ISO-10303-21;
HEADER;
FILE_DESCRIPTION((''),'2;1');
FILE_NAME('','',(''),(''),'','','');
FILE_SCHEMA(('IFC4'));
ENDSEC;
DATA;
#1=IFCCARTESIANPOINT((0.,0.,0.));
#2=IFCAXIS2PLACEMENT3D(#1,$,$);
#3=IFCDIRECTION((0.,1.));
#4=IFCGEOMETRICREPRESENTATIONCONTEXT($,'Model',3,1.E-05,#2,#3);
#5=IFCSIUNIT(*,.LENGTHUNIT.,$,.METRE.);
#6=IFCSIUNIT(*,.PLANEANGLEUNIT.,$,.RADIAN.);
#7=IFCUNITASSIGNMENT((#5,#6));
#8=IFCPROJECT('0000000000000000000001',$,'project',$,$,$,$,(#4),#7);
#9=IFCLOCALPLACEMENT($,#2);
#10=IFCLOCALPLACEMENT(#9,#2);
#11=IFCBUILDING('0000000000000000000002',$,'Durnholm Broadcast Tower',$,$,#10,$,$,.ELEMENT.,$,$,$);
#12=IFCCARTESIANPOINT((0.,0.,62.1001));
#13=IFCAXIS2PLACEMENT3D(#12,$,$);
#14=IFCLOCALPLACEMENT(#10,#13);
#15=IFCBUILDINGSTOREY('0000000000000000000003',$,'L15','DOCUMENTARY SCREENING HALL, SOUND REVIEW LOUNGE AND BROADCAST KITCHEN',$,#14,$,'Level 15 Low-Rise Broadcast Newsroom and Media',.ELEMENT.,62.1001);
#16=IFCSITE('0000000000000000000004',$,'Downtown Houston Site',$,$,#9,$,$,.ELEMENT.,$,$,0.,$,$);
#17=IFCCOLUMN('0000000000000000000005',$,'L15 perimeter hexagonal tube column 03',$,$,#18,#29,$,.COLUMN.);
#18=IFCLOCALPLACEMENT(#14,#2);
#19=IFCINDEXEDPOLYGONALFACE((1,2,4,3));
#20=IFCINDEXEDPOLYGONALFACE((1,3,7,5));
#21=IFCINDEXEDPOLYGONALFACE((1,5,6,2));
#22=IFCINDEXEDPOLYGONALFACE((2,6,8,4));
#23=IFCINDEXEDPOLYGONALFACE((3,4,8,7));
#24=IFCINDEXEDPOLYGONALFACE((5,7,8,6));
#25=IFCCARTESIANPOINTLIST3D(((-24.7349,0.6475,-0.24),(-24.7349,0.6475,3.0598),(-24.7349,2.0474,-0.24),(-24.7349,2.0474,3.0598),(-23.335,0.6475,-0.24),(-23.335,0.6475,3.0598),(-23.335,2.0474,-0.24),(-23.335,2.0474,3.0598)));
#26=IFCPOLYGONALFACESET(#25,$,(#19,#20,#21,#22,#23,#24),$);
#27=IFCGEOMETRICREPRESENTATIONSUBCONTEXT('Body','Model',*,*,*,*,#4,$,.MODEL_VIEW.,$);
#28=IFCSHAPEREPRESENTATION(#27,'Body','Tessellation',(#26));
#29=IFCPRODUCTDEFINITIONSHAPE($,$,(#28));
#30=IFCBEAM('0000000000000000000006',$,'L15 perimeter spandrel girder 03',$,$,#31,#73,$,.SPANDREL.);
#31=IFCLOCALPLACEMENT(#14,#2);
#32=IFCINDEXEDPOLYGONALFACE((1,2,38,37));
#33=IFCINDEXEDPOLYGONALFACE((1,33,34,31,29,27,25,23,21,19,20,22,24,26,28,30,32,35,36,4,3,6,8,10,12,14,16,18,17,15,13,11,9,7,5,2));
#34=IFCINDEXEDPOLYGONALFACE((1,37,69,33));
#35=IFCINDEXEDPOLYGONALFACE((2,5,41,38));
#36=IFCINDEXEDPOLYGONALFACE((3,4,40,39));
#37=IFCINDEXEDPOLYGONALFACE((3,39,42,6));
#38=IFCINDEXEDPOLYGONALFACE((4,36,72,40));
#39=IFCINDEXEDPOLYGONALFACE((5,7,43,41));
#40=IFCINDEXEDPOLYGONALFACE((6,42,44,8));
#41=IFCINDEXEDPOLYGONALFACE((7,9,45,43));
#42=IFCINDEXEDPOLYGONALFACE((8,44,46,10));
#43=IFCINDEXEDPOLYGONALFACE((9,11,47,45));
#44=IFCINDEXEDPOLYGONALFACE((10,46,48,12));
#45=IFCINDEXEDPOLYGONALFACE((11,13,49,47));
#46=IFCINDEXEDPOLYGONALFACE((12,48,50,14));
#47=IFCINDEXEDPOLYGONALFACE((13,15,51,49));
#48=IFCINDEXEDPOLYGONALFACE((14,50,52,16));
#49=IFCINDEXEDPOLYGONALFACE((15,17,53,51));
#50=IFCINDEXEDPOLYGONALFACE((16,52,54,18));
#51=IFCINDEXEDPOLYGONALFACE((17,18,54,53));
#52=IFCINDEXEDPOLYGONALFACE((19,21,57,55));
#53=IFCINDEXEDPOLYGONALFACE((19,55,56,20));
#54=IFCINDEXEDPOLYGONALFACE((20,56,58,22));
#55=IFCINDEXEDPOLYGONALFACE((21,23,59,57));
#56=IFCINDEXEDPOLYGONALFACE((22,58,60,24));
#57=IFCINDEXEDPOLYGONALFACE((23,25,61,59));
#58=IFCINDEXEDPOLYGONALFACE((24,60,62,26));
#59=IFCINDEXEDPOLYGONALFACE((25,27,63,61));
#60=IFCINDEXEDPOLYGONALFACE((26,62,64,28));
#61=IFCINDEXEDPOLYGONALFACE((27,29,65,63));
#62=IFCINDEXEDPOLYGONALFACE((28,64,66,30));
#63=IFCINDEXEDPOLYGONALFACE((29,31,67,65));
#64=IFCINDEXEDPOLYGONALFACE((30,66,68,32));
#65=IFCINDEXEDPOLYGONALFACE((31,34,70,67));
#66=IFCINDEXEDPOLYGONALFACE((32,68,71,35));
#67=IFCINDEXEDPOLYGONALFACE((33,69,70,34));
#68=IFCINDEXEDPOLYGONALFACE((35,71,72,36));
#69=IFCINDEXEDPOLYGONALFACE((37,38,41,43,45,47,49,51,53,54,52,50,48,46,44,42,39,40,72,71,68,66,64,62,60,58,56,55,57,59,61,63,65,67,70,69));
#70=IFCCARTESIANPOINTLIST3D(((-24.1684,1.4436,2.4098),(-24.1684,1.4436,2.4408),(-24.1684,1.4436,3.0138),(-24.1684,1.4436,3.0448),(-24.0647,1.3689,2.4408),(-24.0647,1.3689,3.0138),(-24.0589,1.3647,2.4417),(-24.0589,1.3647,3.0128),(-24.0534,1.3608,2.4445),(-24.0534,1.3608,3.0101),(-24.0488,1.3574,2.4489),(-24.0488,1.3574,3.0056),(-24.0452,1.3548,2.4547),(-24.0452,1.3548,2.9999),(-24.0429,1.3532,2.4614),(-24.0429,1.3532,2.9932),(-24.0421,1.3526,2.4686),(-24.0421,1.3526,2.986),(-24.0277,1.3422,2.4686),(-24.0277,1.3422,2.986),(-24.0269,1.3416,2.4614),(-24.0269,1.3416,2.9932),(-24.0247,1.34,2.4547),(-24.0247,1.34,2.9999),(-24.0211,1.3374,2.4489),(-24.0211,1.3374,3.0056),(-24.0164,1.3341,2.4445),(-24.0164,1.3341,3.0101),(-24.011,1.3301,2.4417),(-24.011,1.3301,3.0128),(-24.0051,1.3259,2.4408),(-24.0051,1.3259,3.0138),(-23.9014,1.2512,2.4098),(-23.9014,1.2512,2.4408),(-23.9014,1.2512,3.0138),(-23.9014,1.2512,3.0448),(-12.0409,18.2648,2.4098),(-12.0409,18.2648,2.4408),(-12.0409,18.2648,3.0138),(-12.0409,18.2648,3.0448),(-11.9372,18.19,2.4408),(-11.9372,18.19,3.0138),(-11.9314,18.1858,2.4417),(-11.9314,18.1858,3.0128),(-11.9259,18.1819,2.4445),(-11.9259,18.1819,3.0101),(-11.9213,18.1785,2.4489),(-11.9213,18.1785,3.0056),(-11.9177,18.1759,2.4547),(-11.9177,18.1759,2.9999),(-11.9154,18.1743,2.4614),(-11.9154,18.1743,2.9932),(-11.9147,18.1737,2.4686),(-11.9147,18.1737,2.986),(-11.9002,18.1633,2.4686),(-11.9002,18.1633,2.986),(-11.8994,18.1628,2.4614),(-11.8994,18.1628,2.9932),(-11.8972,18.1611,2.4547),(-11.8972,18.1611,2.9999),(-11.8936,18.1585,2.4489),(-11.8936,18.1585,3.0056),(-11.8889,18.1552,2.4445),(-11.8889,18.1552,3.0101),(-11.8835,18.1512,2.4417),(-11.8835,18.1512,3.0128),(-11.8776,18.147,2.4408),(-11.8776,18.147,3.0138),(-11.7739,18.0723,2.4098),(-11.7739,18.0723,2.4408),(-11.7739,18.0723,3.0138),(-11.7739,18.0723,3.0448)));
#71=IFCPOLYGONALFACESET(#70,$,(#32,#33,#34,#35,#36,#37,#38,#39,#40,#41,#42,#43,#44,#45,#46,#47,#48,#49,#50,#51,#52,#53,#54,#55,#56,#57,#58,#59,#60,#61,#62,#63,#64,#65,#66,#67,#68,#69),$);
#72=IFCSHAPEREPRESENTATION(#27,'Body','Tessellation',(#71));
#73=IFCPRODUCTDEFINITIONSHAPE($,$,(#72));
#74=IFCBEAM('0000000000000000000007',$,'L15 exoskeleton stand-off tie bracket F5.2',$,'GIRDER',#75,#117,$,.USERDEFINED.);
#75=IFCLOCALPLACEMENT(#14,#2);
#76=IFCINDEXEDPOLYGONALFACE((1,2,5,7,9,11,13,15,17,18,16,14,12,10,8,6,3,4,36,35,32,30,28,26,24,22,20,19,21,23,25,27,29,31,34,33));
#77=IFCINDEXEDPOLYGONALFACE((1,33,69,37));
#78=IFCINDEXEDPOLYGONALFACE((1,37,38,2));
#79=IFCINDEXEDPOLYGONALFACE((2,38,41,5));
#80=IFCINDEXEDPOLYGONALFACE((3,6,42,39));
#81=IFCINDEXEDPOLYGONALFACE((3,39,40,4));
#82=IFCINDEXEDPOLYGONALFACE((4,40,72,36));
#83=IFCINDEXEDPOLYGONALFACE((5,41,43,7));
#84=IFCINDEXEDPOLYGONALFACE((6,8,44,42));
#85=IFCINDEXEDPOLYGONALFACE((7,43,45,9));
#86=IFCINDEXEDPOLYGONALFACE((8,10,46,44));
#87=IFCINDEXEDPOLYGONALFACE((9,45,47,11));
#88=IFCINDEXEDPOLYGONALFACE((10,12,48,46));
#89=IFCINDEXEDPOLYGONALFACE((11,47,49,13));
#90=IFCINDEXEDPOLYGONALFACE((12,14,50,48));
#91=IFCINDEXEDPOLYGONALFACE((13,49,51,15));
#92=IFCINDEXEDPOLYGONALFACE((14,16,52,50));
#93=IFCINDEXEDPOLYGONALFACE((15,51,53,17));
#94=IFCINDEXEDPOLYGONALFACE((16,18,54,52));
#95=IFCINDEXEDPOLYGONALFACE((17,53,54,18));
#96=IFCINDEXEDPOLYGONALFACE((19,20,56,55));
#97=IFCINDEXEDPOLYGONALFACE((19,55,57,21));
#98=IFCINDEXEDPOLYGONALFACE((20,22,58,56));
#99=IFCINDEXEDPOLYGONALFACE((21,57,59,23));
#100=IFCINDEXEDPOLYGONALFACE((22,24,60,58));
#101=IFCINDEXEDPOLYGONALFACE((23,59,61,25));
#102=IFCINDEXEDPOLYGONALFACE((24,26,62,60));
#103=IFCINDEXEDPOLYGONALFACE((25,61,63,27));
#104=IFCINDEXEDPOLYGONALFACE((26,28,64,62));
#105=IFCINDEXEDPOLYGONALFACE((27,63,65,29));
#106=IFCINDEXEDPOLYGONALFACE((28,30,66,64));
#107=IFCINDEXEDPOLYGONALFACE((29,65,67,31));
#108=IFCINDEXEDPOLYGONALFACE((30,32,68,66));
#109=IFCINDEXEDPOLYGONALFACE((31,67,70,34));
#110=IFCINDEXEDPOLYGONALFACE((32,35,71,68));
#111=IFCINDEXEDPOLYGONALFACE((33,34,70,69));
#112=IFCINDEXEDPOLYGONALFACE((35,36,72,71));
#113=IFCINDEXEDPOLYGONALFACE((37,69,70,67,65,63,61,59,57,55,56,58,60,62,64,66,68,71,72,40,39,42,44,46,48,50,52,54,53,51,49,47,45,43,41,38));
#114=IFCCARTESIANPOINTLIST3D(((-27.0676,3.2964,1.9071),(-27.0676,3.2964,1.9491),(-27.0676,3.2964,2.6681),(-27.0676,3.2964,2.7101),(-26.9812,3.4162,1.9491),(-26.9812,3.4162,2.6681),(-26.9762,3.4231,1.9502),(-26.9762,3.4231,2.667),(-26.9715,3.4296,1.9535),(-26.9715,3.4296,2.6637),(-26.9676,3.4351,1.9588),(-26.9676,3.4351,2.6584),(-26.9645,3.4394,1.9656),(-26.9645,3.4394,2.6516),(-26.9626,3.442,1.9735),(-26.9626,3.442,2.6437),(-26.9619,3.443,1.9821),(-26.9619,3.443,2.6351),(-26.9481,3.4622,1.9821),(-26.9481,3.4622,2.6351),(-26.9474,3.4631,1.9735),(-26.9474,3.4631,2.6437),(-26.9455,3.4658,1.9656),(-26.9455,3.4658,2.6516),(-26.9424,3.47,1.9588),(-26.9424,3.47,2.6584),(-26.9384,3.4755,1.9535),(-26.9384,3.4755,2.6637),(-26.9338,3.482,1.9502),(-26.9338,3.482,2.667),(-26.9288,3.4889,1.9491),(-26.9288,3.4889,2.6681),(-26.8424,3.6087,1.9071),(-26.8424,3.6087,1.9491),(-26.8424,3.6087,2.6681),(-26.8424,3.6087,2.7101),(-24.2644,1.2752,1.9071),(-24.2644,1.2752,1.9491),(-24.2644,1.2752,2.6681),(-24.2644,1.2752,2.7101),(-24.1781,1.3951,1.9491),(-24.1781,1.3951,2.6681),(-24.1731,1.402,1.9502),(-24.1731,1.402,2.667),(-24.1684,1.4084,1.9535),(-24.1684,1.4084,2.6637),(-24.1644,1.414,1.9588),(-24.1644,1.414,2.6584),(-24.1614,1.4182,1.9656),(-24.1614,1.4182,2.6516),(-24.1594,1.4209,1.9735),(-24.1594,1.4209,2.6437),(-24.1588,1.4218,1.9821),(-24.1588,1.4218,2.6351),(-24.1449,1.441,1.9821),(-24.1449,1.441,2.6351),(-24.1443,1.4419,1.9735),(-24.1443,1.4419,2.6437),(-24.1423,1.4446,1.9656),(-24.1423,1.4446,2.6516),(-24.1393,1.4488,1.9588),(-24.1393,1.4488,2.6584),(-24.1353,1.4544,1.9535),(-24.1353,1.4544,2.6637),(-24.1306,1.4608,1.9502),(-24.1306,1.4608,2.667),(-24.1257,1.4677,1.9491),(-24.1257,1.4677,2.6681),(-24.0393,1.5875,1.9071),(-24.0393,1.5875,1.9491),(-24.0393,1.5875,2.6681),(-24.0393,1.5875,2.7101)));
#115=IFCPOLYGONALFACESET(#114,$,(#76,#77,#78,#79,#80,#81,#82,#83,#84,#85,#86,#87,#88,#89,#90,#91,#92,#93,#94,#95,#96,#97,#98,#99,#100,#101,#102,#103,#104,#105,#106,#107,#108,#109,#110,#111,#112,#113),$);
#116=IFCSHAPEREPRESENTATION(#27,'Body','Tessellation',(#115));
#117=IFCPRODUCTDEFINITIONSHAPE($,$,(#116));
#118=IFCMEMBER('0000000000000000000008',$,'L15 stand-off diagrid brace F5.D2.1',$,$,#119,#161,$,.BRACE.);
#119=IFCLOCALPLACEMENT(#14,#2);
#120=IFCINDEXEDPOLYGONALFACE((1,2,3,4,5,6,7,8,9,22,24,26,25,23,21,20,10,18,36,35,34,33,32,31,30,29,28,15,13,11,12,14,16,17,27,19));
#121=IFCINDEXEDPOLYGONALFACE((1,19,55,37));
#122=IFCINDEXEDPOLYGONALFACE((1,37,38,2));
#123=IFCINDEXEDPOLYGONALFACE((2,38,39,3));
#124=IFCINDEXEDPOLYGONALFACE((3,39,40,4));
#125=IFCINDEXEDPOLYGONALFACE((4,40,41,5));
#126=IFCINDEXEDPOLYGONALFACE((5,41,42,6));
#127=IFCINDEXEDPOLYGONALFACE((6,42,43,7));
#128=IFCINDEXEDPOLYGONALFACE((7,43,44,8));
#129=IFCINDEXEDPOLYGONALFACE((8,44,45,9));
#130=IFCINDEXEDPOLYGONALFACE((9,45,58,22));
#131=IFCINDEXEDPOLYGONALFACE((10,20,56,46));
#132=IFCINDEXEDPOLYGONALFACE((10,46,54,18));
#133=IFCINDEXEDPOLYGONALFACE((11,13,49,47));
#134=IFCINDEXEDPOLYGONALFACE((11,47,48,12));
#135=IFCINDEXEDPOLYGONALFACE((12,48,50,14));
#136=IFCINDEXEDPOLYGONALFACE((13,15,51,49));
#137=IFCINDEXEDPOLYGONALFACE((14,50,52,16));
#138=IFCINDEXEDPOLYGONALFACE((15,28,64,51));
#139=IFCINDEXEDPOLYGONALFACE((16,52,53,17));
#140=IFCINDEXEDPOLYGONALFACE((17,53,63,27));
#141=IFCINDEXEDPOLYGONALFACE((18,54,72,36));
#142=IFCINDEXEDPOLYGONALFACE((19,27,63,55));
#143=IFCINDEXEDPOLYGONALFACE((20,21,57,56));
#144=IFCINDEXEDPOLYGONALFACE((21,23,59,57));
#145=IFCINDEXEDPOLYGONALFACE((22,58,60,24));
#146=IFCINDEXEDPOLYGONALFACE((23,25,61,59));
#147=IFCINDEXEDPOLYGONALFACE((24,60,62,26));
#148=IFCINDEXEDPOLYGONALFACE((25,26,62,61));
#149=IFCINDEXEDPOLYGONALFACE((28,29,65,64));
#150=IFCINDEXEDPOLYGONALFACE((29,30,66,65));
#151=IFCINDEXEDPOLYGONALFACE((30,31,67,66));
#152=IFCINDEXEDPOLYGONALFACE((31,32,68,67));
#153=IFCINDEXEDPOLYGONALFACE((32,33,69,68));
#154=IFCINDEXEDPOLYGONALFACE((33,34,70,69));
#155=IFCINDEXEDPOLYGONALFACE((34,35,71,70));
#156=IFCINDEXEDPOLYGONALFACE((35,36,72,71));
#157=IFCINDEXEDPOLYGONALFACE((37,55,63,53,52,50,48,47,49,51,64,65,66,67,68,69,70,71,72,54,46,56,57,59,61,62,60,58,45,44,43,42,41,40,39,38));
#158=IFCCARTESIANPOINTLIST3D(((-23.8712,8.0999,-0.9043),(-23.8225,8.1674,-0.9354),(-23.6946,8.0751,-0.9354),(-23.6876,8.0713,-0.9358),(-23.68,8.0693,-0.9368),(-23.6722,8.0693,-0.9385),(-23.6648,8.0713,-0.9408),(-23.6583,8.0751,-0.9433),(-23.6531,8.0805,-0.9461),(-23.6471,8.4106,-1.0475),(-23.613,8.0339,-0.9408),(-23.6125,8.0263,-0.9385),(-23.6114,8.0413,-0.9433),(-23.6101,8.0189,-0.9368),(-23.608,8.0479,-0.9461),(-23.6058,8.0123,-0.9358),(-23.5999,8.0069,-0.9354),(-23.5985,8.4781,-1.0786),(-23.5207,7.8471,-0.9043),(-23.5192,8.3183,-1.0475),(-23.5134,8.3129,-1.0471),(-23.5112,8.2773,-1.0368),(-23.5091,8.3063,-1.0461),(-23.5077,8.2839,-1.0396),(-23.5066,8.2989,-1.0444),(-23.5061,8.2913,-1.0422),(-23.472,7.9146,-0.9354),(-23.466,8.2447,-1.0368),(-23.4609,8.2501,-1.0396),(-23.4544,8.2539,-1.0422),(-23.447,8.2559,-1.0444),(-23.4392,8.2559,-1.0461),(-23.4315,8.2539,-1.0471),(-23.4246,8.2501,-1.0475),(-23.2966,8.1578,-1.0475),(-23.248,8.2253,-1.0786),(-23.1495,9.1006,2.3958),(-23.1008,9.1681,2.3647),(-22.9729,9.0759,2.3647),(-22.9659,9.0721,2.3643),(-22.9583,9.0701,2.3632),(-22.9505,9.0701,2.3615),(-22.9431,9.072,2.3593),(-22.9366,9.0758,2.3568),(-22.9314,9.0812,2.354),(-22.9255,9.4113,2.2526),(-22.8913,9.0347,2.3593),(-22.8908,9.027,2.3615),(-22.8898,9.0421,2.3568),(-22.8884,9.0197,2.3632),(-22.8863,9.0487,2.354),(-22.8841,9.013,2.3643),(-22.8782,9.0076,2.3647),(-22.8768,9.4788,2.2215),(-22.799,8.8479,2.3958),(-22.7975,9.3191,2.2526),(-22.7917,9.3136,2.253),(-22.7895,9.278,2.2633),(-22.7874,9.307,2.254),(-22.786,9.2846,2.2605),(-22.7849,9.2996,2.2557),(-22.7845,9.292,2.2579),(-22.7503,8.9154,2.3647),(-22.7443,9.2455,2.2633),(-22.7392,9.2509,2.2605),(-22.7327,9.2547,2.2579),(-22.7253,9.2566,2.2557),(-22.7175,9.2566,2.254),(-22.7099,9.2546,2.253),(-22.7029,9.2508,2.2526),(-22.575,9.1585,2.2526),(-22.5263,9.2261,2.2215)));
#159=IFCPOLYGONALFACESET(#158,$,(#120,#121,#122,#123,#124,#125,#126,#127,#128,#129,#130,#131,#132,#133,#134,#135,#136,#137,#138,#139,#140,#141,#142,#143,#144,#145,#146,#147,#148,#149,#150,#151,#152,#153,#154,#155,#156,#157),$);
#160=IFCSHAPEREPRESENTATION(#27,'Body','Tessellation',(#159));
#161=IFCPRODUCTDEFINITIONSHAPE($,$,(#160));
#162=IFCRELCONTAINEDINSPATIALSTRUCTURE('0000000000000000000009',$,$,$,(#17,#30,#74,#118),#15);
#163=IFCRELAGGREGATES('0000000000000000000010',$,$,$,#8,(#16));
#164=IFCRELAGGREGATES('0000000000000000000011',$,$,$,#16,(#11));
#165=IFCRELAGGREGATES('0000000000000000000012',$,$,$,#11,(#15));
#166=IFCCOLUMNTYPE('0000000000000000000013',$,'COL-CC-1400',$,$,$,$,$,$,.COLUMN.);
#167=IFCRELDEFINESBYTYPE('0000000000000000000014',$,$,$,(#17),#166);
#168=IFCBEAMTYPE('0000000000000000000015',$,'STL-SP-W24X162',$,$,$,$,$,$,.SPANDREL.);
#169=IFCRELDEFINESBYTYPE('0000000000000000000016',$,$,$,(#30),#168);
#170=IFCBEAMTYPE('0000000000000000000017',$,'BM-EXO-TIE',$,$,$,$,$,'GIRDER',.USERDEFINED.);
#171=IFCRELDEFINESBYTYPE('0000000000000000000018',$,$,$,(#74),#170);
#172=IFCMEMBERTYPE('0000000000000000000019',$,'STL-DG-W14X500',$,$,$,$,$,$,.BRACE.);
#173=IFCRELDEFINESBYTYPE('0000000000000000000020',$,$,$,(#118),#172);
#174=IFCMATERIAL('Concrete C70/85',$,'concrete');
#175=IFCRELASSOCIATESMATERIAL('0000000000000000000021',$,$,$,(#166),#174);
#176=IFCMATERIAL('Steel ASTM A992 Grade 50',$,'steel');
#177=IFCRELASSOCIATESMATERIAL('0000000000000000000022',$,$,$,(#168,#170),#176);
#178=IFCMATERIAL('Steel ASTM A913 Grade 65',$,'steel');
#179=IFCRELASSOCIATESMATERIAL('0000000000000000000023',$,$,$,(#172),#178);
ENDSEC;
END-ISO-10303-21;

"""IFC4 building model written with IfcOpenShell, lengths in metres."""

from ifc_helpers import new_model, si_unit, direction, frame, origin, origin_2d, place, context, subcontext, project, spatial, rectangle, i_section, extrude, source, transform, mapped, material, material_profile, profile_set, type_object, type_shapes, element, save


model = new_model("IFC4")

# Units and contexts
model_context = context("Model", 3, precision=1e-05, world=origin(), true_north=direction((0.0, 1.0)))
body_context = subcontext(model_context, "Body", "Model", "MODEL_VIEW")
ifc_project = project(units=[si_unit("LENGTHUNIT", "METRE"), si_unit("PLANEANGLEUNIT", "RADIAN")], contexts=[model_context])

# Site, building, storey
site_placement = place(None, origin())
site = spatial("IfcSite", under=ifc_project, at=site_placement, Name="Downtown Houston Site", CompositionType="ELEMENT", RefElevation=0.0)
building_placement = place(site_placement, origin())
building = spatial("IfcBuilding", under=site, at=building_placement, Name="Durnholm Broadcast Tower", CompositionType="ELEMENT")
storey_placement = place(building_placement, frame((0.0, 0.0, 62.1001)))
storey = spatial("IfcBuildingStorey", under=building, at=storey_placement, Name="L15", Description="DOCUMENTARY SCREENING HALL, SOUND REVIEW LOUNGE AND BROADCAST KITCHEN", LongName="Level 15 Low-Rise Broadcast Newsroom and Media", CompositionType="ELEMENT", Elevation=62.1001)

# Column
ifc_material_1 = material(Name="Concrete C70/85", Category="concrete")
ifc_material_profile_1 = material_profile(ifc_material_1, rectangle(XDim=1.3999, YDim=1.3999, at=origin_2d()), Name="RC1400X1400")
ifc_profile_set_1 = profile_set([ifc_material_profile_1], Name="Concrete C70/85")
column_type = type_object("IfcColumnType", Name="COL-CC-1400", PredefinedType="COLUMN", material=ifc_profile_set_1)
shared_shape_1 = source(origin(), body_context, "Body", "SweptSolid", [
    extrude(rectangle(XDim=1.3999, YDim=1.3999, at=origin_2d()), origin(), (0.0, 0.0, 1.0), 3.2998),
])
type_shapes(column_type, [shared_shape_1])
column_placement = place(storey_placement, frame((-24.0349, 1.3474, -0.24), z_axis=(0.0, 0.0, 1.0), x_axis=(1.0, 0.0, 0.0)))
element("IfcColumn", 1, at=column_placement, inside=storey, type_object=column_type, Name="L15 perimeter hexagonal tube column 03", PredefinedType="COLUMN", context=body_context, shape_type="MappedRepresentation", body=[
    mapped(shared_shape_1, transform((0.0, 0.0, 0.0), x_axis=(1.0, 0.0, 0.0), y_axis=(0.0, 1.0, 0.0), z_axis=(0.0, 0.0, 1.0), scale=1.0)),
])

# Beams
ifc_material_2 = material(Name="Steel ASTM A992 Grade 50", Category="steel")
ifc_material_profile_2 = material_profile(ifc_material_2, i_section(OverallWidth=0.3291, OverallDepth=0.635, WebThickness=0.0178, FlangeThickness=0.031, FilletRadius=0.0278, at=origin_2d()), Name="W24X162")
ifc_profile_set_2 = profile_set([ifc_material_profile_2], Name="Steel ASTM A992 Grade 50")
beam_type_1 = type_object("IfcBeamType", Name="STL-SP-W24X162", PredefinedType="SPANDREL", material=ifc_profile_set_2)
shared_shape_2 = source(origin(), body_context, "Body", "SweptSolid", [
    extrude(i_section(OverallWidth=0.3291, OverallDepth=0.635, WebThickness=0.0178, FlangeThickness=0.031, FilletRadius=0.0278, at=origin_2d()), origin(), (0.0, 0.0, 1.0), 20.7371),
])
type_shapes(beam_type_1, [shared_shape_2])
beam_1_placement = place(storey_placement, frame((-24.0349, 1.3474, 2.7273), z_axis=(0.584822, 0.811162, 0.0), x_axis=(-0.811162, 0.584822, 0.0)))
element("IfcBeam", 2, at=beam_1_placement, inside=storey, type_object=beam_type_1, Name="L15 perimeter spandrel girder 03", PredefinedType="SPANDREL", context=body_context, shape_type="MappedRepresentation", body=[
    mapped(shared_shape_2, transform((0.0, 0.0, 0.0), x_axis=(1.0, 0.0, 0.0), y_axis=(0.0, 1.0, 0.0), z_axis=(0.0, 0.0, 1.0), scale=1.0)),
])
ifc_material_profile_3 = material_profile(ifc_material_2, i_section(OverallWidth=0.385, OverallDepth=0.803, WebThickness=0.0237, FlangeThickness=0.042, FilletRadius=0.033, at=origin_2d()), Name="W30X261")
ifc_profile_set_3 = profile_set([ifc_material_profile_3], Name="Steel ASTM A992 Grade 50")
beam_type_2 = type_object("IfcBeamType", Name="BM-EXO-TIE", ElementType="GIRDER", PredefinedType="USERDEFINED", material=ifc_profile_set_3)
shared_shape_3 = source(origin(), body_context, "Body", "SweptSolid", [
    extrude(i_section(OverallWidth=0.385, OverallDepth=0.803, WebThickness=0.0237, FlangeThickness=0.042, FilletRadius=0.033, at=origin_2d()), origin(), (0.0, 0.0, 1.0), 3.4558),
])
type_shapes(beam_type_2, [shared_shape_3])
beam_2_placement = place(storey_placement, frame((-24.1519, 1.4314, 2.3086), z_axis=(-0.811134, 0.584861, 0.0), x_axis=(-0.584861, -0.811134, 0.0)))
element("IfcBeam", 3, at=beam_2_placement, inside=storey, type_object=beam_type_2, Name="L15 exoskeleton stand-off tie bracket F5.2", ObjectType="GIRDER", PredefinedType="USERDEFINED", context=body_context, shape_type="MappedRepresentation", body=[
    mapped(shared_shape_3, transform((0.0, 0.0, 0.0), x_axis=(1.0, 0.0, 0.0), y_axis=(0.0, 1.0, 0.0), z_axis=(0.0, 0.0, 1.0), scale=1.0)),
])

# Member
ifc_material_3 = material(Name="Steel ASTM A913 Grade 65", Category="steel")
ifc_material_profile_4 = material_profile(ifc_material_3, i_section(OverallWidth=0.4321, OverallDepth=0.4978, WebThickness=0.0557, FlangeThickness=0.0889, FilletRadius=0.0305, at=origin_2d()), Name="W14X500")
ifc_profile_set_4 = profile_set([ifc_material_profile_4], Name="Steel ASTM A913 Grade 65")
member_type_1 = type_object("IfcMemberType", Name="STL-DG-W14X500", PredefinedType="BRACE", material=ifc_profile_set_4)
shared_shape_4 = source(origin(), body_context, "Body", "SweptSolid", [
    extrude(i_section(OverallWidth=0.4321, OverallDepth=0.4978, WebThickness=0.0557, FlangeThickness=0.0889, FilletRadius=0.0305, at=origin_2d()), origin(), (0.0, 0.0, 1.0), 3.5232),
])
type_shapes(member_type_1, [shared_shape_4])
for number, where, z_axis, x_axis, name in (
    (4, (-23.5596, 8.1626, -0.9915), (0.204839, 0.284045, 0.936675), (-0.811091, 0.58492, 0.0), "L15 stand-off diagrid brace F5.D2.1"),
):
    element("IfcMember", number, at=place(storey_placement, frame(where, z_axis=z_axis, x_axis=x_axis)), inside=storey, type_object=member_type_1, Name=name, PredefinedType="BRACE", context=body_context, shape_type="MappedRepresentation", body=[
        mapped(shared_shape_4, transform((0.0, 0.0, 0.0), x_axis=(1.0, 0.0, 0.0), y_axis=(0.0, 1.0, 0.0), z_axis=(0.0, 0.0, 1.0), scale=1.0)),
    ])

save(model, "model.ifc")
